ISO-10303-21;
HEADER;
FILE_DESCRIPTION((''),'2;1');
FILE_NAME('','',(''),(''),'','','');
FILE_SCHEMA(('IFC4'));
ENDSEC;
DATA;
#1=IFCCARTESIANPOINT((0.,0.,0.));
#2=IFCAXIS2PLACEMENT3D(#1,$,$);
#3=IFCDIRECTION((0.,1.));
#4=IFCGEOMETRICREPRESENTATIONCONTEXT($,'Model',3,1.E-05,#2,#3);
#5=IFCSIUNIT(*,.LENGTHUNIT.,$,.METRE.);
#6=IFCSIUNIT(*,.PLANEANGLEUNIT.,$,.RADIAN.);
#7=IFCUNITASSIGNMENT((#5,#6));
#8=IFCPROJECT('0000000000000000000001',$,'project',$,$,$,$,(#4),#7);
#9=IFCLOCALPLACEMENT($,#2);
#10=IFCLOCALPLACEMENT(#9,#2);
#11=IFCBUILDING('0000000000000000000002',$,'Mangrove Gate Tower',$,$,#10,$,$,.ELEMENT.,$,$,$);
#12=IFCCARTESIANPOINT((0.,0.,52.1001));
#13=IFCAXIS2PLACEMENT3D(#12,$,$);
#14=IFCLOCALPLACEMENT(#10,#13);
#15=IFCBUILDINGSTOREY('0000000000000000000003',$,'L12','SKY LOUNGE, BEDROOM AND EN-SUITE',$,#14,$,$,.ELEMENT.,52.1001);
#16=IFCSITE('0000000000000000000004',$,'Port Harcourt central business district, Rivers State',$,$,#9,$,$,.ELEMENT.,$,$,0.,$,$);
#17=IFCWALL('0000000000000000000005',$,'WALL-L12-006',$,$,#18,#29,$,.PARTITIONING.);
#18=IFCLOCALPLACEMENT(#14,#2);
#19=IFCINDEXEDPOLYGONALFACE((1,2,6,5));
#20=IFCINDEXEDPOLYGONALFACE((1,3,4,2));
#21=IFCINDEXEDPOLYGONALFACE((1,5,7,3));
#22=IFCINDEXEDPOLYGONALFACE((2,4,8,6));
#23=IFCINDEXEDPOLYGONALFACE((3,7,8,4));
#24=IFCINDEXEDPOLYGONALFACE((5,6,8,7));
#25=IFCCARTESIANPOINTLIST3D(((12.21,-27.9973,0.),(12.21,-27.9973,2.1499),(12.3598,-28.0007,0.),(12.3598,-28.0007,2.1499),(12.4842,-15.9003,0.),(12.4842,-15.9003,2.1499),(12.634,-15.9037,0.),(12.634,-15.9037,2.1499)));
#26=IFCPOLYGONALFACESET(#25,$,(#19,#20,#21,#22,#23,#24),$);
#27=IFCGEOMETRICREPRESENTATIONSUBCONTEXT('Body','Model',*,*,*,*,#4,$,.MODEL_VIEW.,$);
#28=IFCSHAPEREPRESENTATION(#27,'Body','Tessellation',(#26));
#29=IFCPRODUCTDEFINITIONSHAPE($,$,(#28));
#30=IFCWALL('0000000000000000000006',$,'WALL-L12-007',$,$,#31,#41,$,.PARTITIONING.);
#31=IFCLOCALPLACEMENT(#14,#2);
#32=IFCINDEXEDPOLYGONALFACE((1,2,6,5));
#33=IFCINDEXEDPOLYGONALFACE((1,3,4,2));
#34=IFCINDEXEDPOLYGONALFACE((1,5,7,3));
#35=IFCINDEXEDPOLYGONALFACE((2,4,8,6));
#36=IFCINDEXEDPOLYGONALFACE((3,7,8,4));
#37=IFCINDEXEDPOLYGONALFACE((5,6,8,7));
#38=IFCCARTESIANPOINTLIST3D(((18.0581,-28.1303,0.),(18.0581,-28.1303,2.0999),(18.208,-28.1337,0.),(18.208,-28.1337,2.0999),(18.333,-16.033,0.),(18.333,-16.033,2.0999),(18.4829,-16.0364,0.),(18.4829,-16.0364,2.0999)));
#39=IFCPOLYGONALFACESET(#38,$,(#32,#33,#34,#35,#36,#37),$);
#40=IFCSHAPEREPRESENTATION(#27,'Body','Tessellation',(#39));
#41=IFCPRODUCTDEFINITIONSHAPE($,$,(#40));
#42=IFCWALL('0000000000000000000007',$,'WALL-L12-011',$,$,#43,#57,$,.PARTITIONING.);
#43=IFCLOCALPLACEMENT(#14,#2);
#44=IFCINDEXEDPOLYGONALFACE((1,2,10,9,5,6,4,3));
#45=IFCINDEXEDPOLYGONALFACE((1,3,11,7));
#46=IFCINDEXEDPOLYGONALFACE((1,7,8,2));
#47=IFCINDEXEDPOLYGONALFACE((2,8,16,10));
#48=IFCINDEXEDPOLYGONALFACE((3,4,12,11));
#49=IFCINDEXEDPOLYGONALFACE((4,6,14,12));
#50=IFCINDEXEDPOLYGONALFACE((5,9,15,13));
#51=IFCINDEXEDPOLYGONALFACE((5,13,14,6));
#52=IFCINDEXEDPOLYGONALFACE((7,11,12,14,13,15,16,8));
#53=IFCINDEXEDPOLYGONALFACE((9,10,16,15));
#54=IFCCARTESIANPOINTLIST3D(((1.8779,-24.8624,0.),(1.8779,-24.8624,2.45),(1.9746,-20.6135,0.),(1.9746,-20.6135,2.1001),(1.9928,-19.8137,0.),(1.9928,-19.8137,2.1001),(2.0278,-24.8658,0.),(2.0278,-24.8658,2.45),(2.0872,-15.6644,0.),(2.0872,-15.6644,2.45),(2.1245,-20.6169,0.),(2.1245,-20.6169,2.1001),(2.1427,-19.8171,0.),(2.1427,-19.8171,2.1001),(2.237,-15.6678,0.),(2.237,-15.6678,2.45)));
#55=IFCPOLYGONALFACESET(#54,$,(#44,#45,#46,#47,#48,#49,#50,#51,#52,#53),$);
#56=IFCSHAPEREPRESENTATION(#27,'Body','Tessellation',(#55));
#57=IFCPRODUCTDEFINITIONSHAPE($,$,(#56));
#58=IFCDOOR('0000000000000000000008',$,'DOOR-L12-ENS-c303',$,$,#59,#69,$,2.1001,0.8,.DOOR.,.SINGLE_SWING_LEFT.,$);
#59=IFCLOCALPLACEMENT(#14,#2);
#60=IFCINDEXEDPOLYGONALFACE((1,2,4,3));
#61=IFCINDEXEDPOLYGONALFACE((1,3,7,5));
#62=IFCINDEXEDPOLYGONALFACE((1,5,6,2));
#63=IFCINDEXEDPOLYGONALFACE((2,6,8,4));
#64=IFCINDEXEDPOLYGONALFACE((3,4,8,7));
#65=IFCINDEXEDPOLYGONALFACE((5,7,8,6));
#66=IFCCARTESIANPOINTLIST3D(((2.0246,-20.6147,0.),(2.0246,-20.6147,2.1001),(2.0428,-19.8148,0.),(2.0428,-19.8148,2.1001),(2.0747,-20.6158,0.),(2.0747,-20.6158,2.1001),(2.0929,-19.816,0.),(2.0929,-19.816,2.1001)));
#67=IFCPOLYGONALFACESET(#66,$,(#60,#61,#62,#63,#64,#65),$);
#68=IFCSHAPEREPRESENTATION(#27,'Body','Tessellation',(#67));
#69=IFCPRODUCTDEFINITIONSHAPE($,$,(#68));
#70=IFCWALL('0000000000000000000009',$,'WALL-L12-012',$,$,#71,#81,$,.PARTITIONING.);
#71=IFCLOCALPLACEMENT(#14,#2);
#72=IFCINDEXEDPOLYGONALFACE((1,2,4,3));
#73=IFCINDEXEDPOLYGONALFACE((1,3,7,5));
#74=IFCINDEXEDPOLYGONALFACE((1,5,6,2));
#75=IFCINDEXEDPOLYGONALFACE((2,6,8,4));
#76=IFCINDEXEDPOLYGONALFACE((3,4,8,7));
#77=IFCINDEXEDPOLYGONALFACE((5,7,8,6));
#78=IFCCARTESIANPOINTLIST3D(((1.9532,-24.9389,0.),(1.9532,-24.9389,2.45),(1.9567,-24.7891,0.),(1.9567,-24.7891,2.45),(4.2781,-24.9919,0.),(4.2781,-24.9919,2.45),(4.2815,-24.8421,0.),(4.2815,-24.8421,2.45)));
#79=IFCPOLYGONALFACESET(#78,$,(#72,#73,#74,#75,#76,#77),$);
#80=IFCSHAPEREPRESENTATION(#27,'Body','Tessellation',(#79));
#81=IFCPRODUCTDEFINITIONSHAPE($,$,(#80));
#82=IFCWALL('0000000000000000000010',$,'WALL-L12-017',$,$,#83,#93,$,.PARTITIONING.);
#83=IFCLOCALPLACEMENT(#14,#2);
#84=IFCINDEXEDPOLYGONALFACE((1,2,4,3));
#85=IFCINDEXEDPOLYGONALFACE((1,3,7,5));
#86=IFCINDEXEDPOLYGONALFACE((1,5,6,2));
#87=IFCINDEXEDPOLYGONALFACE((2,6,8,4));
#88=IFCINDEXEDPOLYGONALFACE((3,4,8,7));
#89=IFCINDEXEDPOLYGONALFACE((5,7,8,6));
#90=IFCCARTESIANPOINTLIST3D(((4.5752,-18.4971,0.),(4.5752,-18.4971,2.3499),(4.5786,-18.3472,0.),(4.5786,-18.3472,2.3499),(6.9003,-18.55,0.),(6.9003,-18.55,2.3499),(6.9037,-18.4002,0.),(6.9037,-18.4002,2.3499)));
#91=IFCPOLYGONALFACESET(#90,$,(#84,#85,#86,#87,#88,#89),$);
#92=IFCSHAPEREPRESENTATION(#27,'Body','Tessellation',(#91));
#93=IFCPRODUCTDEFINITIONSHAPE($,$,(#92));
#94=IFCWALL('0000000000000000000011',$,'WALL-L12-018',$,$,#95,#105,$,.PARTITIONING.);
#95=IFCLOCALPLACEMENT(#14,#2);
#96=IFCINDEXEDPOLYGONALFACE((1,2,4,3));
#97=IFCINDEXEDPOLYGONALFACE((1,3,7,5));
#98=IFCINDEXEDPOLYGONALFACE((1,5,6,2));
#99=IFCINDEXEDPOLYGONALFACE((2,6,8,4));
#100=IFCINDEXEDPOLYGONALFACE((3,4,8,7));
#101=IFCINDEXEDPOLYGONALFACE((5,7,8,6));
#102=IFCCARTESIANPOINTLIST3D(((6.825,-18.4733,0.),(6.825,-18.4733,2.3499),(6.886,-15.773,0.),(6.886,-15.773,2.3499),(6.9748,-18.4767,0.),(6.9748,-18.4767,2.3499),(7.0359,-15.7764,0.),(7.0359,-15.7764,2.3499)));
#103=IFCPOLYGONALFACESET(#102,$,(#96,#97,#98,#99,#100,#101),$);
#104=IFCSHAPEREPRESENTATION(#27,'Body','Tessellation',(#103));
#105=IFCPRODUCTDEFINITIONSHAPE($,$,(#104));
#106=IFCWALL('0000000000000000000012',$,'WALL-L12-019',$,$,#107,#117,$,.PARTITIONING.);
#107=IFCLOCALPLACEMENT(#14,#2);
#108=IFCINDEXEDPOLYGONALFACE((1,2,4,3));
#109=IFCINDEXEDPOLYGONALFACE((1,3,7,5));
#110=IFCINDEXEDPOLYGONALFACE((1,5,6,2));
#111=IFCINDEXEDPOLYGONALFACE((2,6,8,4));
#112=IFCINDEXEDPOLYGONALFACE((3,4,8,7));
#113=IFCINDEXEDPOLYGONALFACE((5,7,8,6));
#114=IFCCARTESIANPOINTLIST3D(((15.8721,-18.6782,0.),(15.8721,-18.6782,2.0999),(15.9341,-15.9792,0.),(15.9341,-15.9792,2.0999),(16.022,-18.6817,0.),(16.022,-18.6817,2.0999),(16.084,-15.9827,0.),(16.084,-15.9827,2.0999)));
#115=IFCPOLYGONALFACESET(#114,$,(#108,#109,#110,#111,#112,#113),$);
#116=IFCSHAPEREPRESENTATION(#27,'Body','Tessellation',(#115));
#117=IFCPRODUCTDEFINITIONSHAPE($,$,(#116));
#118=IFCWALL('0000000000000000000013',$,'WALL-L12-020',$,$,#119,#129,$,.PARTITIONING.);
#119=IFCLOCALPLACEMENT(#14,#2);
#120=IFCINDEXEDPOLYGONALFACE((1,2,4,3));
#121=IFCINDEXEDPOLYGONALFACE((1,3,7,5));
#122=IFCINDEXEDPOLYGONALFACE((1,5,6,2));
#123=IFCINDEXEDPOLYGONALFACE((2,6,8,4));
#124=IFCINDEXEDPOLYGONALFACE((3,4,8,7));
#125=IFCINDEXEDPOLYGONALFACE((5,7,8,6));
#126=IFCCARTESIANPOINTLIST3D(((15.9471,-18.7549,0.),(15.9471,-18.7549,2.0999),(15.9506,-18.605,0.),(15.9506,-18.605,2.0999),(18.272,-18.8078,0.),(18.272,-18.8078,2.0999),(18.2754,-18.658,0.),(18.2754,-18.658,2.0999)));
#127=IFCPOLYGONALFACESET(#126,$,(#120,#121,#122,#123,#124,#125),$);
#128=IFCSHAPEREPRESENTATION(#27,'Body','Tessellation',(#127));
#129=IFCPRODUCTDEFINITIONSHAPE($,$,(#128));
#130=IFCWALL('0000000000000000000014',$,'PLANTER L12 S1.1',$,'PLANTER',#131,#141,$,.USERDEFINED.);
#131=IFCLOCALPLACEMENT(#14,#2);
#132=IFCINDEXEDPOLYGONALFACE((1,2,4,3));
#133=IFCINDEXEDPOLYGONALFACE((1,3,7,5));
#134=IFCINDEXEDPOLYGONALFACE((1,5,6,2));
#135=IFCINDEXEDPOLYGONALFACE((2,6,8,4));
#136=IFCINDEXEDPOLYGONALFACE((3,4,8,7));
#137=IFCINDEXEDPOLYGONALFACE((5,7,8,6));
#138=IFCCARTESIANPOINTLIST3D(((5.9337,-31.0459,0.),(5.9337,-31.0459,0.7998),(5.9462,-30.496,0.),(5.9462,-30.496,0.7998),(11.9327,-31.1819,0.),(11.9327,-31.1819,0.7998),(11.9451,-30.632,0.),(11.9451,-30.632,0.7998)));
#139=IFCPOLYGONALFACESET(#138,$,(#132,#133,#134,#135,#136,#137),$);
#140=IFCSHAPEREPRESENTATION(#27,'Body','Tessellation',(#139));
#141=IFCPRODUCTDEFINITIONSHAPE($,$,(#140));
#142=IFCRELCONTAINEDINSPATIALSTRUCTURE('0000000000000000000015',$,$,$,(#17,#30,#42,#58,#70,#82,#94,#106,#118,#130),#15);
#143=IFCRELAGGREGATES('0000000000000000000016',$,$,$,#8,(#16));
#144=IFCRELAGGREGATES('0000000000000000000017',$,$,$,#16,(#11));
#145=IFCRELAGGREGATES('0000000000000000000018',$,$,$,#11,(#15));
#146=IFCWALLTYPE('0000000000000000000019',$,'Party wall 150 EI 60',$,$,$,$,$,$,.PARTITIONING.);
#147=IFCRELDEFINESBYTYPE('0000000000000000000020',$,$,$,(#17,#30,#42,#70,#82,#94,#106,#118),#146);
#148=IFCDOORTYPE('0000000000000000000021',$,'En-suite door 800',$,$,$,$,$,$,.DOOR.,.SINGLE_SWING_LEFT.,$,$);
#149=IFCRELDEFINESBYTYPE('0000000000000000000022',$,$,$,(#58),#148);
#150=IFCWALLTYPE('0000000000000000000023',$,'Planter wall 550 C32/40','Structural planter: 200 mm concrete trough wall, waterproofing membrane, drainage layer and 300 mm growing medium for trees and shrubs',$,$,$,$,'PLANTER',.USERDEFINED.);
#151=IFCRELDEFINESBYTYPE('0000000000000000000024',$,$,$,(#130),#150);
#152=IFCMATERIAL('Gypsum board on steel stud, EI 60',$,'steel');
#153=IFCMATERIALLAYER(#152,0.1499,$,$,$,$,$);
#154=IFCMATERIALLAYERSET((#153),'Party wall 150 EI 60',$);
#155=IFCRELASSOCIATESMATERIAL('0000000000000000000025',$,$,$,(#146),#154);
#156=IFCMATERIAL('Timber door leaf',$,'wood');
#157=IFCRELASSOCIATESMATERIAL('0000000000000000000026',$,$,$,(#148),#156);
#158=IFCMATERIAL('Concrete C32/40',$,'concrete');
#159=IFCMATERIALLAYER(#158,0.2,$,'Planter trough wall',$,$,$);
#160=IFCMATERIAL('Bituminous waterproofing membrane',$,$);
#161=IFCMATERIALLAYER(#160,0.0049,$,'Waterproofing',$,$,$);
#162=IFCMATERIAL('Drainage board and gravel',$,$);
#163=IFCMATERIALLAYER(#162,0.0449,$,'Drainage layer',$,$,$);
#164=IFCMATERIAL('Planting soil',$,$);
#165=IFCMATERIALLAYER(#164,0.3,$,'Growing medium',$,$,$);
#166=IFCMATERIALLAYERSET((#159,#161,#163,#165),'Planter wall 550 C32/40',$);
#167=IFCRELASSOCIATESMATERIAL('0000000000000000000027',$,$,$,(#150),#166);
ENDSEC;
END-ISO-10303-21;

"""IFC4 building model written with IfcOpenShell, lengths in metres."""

from ifc_helpers import new_model, si_unit, direction, frame, frame_2d, origin, place, context, subcontext, project, spatial, rectangle, extrude, material, layer, layer_set, type_object, element, fill, save


model = new_model("IFC4")

# Units and contexts
model_context = context("Model", 3, precision=1e-05, world=origin(), true_north=direction((0.0, 1.0)))
body_context = subcontext(model_context, "Body", "Model", "MODEL_VIEW")
ifc_project = project(units=[si_unit("LENGTHUNIT", "METRE"), si_unit("PLANEANGLEUNIT", "RADIAN")], contexts=[model_context])

# Site, building, storey
site_placement = place(None, origin())
site = spatial("IfcSite", under=ifc_project, at=site_placement, Name="Port Harcourt central business district, Rivers State", CompositionType="ELEMENT", RefElevation=0.0)
building_placement = place(site_placement, origin())
building = spatial("IfcBuilding", under=site, at=building_placement, Name="Mangrove Gate Tower", CompositionType="ELEMENT")
storey_placement = place(building_placement, frame((0.0, 0.0, 52.1001)))
storey = spatial("IfcBuildingStorey", under=building, at=storey_placement, Name="L12", Description="SKY LOUNGE, BEDROOM AND EN-SUITE", CompositionType="ELEMENT", Elevation=52.1001)

# Walls
ifc_material_1 = material(Name="Gypsum board on steel stud, EI 60", Category="steel")
ifc_layer_1 = layer(ifc_material_1, 0.1499)
ifc_layer_set_1 = layer_set([ifc_layer_1], Name="Party wall 150 EI 60")
wall_type_1 = type_object("IfcWallType", Name="Party wall 150 EI 60", PredefinedType="PARTITIONING", material=ifc_layer_set_1)
wall_1_placement = place(storey_placement, frame((12.2849, -27.999, 0.0), z_axis=(0.0, 0.0, 1.0), x_axis=(0.022659, 0.999743, 0.0)))
element("IfcWall", 1, at=wall_1_placement, inside=storey, type_object=wall_type_1, Name="WALL-L12-006", PredefinedType="PARTITIONING", context=body_context, shape_type="SweptSolid", body=[
    extrude(rectangle(XDim=12.1001, YDim=0.1499, at=frame_2d((6.05, 0.0))), origin(), (0.0, 0.0, 1.0), 2.1499),
])
wall_2_placement = place(storey_placement, frame((18.1331, -28.1321, 0.0), z_axis=(0.0, 0.0, 1.0), x_axis=(0.022719, 0.999742, 0.0)))
element("IfcWall", 2, at=wall_2_placement, inside=storey, type_object=wall_type_1, Name="WALL-L12-007", PredefinedType="PARTITIONING", context=body_context, shape_type="SweptSolid", body=[
    extrude(rectangle(XDim=12.1003, YDim=0.1499, at=frame_2d((6.0503, 0.0))), origin(), (0.0, 0.0, 1.0), 2.0999),
])

# Wall, opening, door
wall_3_placement = place(storey_placement, frame((1.9529, -24.864, 0.0), z_axis=(0.0, 0.0, 1.0), x_axis=(0.022741, 0.999741, 0.0)))
wall_3 = element("IfcWall", 3, at=wall_3_placement, inside=storey, type_object=wall_type_1, Name="WALL-L12-011", PredefinedType="PARTITIONING", context=body_context, shape_type="SweptSolid", body=[
    extrude(rectangle(XDim=9.2004, YDim=0.1499, at=frame_2d((4.6001, 0.0))), origin(), (0.0, 0.0, 1.0), 2.45),
])
opening_placement = place(wall_3_placement, frame((4.25, 0.0, 0.0)))
opening = element("IfcOpeningElement", 4, at=opening_placement, cuts=wall_3, PredefinedType="OPENING", context=body_context, shape_type="SweptSolid", body=[
    extrude(rectangle(XDim=0.8, YDim=2.1001, at=frame_2d((0.3999, 1.05))), frame((0.0, 0.085, 0.0), z_axis=(0.0, -1.0, 0.0), x_axis=(1.0, 0.0, 0.0)), (0.0, 0.0, 1.0), 0.1699),
])
ifc_material_2 = material(Name="Timber door leaf", Category="wood")
door_type = type_object("IfcDoorType", Name="En-suite door 800", OperationType="SINGLE_SWING_LEFT", PredefinedType="DOOR", material=ifc_material_2)
door_placement = place(opening_placement, origin())
door = element("IfcDoor", 5, at=door_placement, inside=storey, type_object=door_type, Name="DOOR-L12-ENS-c303", OperationType="SINGLE_SWING_LEFT", OverallHeight=2.1001, OverallWidth=0.8, PredefinedType="DOOR", context=body_context, shape_type="SweptSolid", body=[
    extrude(rectangle(XDim=0.8, YDim=2.1001, at=frame_2d((0.3999, 1.05))), frame((0.0, 0.0249, 0.0), z_axis=(0.0, -1.0, 0.0), x_axis=(1.0, 0.0, 0.0)), (0.0, 0.0, 1.0), 0.05),
])
fill(opening, door)

# Walls
wall_4_placement = place(storey_placement, frame((1.9551, -24.864, 0.0), z_axis=(0.0, 0.0, 1.0), x_axis=(0.99974, -0.022781, 0.0)))
element("IfcWall", 6, at=wall_4_placement, inside=storey, type_object=wall_type_1, Name="WALL-L12-012", PredefinedType="PARTITIONING", context=body_context, shape_type="SweptSolid", body=[
    extrude(rectangle(XDim=2.3254, YDim=0.1499, at=frame_2d((1.1626, 0.0))), origin(), (0.0, 0.0, 1.0), 2.45),
])
wall_5_placement = place(storey_placement, frame((4.5769, -18.4221, 0.0), z_axis=(0.0, 0.0, 1.0), x_axis=(0.999741, -0.022779, 0.0)))
element("IfcWall", 7, at=wall_5_placement, inside=storey, type_object=wall_type_1, Name="WALL-L12-017", PredefinedType="PARTITIONING", context=body_context, shape_type="SweptSolid", body=[
    extrude(rectangle(XDim=2.3257, YDim=0.1499, at=frame_2d((1.1628, 0.0))), origin(), (0.0, 0.0, 1.0), 2.3499),
])
wall_6_placement = place(storey_placement, frame((6.8999, -18.4751, 0.0), z_axis=(0.0, 0.0, 1.0), x_axis=(0.022598, 0.999745, 0.0)))
element("IfcWall", 8, at=wall_6_placement, inside=storey, type_object=wall_type_1, Name="WALL-L12-018", PredefinedType="PARTITIONING", context=body_context, shape_type="SweptSolid", body=[
    extrude(rectangle(XDim=2.7009, YDim=0.1499, at=frame_2d((1.3506, 0.0))), origin(), (0.0, 0.0, 1.0), 2.3499),
])
wall_7_placement = place(storey_placement, frame((15.947, -18.6799, 0.0), z_axis=(0.0, 0.0, 1.0), x_axis=(0.02297, 0.999736, 0.0)))
element("IfcWall", 9, at=wall_7_placement, inside=storey, type_object=wall_type_1, Name="WALL-L12-019", PredefinedType="PARTITIONING", context=body_context, shape_type="SweptSolid", body=[
    extrude(rectangle(XDim=2.6997, YDim=0.1499, at=frame_2d((1.3499, 0.0))), origin(), (0.0, 0.0, 1.0), 2.0999),
])
wall_8_placement = place(storey_placement, frame((15.949, -18.6799, 0.0), z_axis=(0.0, 0.0, 1.0), x_axis=(0.99974, -0.022781, 0.0)))
element("IfcWall", 10, at=wall_8_placement, inside=storey, type_object=wall_type_1, Name="WALL-L12-020", PredefinedType="PARTITIONING", context=body_context, shape_type="SweptSolid", body=[
    extrude(rectangle(XDim=2.3254, YDim=0.1499, at=frame_2d((1.1626, 0.0))), origin(), (0.0, 0.0, 1.0), 2.0999),
])
ifc_material_3 = material(Name="Concrete C32/40", Category="concrete")
ifc_layer_2 = layer(ifc_material_3, 0.2, Name="Planter trough wall")
ifc_material_4 = material(Name="Bituminous waterproofing membrane")
ifc_layer_3 = layer(ifc_material_4, 0.0049, Name="Waterproofing")
ifc_material_5 = material(Name="Drainage board and gravel")
ifc_layer_4 = layer(ifc_material_5, 0.0449, Name="Drainage layer")
ifc_material_6 = material(Name="Planting soil")
ifc_layer_5 = layer(ifc_material_6, 0.3, Name="Growing medium")
ifc_layer_set_2 = layer_set([ifc_layer_2, ifc_layer_3, ifc_layer_4, ifc_layer_5], Name="Planter wall 550 C32/40")
wall_type_2 = type_object("IfcWallType", Name="Planter wall 550 C32/40", Description="Structural planter: 200 mm concrete trough wall, waterproofing membrane, drainage layer and 300 mm growing medium for trees and shrubs", ElementType="PLANTER", PredefinedType="USERDEFINED", material=ifc_layer_set_2)
wall_9_placement = place(storey_placement, frame((5.9399, -30.771, 0.0), z_axis=(0.0, 0.0, 1.0), x_axis=(0.999743, -0.022662, 0.0)))
element("IfcWall", 11, at=wall_9_placement, inside=storey, type_object=wall_type_2, Name="PLANTER L12 S1.1", ObjectType="PLANTER", PredefinedType="USERDEFINED", context=body_context, shape_type="SweptSolid", body=[
    extrude(rectangle(XDim=6.0005, YDim=0.55, at=frame_2d((3.0002, 0.0))), origin(), (0.0, 0.0, 1.0), 0.7998),
])

save(model, "model.ifc")
